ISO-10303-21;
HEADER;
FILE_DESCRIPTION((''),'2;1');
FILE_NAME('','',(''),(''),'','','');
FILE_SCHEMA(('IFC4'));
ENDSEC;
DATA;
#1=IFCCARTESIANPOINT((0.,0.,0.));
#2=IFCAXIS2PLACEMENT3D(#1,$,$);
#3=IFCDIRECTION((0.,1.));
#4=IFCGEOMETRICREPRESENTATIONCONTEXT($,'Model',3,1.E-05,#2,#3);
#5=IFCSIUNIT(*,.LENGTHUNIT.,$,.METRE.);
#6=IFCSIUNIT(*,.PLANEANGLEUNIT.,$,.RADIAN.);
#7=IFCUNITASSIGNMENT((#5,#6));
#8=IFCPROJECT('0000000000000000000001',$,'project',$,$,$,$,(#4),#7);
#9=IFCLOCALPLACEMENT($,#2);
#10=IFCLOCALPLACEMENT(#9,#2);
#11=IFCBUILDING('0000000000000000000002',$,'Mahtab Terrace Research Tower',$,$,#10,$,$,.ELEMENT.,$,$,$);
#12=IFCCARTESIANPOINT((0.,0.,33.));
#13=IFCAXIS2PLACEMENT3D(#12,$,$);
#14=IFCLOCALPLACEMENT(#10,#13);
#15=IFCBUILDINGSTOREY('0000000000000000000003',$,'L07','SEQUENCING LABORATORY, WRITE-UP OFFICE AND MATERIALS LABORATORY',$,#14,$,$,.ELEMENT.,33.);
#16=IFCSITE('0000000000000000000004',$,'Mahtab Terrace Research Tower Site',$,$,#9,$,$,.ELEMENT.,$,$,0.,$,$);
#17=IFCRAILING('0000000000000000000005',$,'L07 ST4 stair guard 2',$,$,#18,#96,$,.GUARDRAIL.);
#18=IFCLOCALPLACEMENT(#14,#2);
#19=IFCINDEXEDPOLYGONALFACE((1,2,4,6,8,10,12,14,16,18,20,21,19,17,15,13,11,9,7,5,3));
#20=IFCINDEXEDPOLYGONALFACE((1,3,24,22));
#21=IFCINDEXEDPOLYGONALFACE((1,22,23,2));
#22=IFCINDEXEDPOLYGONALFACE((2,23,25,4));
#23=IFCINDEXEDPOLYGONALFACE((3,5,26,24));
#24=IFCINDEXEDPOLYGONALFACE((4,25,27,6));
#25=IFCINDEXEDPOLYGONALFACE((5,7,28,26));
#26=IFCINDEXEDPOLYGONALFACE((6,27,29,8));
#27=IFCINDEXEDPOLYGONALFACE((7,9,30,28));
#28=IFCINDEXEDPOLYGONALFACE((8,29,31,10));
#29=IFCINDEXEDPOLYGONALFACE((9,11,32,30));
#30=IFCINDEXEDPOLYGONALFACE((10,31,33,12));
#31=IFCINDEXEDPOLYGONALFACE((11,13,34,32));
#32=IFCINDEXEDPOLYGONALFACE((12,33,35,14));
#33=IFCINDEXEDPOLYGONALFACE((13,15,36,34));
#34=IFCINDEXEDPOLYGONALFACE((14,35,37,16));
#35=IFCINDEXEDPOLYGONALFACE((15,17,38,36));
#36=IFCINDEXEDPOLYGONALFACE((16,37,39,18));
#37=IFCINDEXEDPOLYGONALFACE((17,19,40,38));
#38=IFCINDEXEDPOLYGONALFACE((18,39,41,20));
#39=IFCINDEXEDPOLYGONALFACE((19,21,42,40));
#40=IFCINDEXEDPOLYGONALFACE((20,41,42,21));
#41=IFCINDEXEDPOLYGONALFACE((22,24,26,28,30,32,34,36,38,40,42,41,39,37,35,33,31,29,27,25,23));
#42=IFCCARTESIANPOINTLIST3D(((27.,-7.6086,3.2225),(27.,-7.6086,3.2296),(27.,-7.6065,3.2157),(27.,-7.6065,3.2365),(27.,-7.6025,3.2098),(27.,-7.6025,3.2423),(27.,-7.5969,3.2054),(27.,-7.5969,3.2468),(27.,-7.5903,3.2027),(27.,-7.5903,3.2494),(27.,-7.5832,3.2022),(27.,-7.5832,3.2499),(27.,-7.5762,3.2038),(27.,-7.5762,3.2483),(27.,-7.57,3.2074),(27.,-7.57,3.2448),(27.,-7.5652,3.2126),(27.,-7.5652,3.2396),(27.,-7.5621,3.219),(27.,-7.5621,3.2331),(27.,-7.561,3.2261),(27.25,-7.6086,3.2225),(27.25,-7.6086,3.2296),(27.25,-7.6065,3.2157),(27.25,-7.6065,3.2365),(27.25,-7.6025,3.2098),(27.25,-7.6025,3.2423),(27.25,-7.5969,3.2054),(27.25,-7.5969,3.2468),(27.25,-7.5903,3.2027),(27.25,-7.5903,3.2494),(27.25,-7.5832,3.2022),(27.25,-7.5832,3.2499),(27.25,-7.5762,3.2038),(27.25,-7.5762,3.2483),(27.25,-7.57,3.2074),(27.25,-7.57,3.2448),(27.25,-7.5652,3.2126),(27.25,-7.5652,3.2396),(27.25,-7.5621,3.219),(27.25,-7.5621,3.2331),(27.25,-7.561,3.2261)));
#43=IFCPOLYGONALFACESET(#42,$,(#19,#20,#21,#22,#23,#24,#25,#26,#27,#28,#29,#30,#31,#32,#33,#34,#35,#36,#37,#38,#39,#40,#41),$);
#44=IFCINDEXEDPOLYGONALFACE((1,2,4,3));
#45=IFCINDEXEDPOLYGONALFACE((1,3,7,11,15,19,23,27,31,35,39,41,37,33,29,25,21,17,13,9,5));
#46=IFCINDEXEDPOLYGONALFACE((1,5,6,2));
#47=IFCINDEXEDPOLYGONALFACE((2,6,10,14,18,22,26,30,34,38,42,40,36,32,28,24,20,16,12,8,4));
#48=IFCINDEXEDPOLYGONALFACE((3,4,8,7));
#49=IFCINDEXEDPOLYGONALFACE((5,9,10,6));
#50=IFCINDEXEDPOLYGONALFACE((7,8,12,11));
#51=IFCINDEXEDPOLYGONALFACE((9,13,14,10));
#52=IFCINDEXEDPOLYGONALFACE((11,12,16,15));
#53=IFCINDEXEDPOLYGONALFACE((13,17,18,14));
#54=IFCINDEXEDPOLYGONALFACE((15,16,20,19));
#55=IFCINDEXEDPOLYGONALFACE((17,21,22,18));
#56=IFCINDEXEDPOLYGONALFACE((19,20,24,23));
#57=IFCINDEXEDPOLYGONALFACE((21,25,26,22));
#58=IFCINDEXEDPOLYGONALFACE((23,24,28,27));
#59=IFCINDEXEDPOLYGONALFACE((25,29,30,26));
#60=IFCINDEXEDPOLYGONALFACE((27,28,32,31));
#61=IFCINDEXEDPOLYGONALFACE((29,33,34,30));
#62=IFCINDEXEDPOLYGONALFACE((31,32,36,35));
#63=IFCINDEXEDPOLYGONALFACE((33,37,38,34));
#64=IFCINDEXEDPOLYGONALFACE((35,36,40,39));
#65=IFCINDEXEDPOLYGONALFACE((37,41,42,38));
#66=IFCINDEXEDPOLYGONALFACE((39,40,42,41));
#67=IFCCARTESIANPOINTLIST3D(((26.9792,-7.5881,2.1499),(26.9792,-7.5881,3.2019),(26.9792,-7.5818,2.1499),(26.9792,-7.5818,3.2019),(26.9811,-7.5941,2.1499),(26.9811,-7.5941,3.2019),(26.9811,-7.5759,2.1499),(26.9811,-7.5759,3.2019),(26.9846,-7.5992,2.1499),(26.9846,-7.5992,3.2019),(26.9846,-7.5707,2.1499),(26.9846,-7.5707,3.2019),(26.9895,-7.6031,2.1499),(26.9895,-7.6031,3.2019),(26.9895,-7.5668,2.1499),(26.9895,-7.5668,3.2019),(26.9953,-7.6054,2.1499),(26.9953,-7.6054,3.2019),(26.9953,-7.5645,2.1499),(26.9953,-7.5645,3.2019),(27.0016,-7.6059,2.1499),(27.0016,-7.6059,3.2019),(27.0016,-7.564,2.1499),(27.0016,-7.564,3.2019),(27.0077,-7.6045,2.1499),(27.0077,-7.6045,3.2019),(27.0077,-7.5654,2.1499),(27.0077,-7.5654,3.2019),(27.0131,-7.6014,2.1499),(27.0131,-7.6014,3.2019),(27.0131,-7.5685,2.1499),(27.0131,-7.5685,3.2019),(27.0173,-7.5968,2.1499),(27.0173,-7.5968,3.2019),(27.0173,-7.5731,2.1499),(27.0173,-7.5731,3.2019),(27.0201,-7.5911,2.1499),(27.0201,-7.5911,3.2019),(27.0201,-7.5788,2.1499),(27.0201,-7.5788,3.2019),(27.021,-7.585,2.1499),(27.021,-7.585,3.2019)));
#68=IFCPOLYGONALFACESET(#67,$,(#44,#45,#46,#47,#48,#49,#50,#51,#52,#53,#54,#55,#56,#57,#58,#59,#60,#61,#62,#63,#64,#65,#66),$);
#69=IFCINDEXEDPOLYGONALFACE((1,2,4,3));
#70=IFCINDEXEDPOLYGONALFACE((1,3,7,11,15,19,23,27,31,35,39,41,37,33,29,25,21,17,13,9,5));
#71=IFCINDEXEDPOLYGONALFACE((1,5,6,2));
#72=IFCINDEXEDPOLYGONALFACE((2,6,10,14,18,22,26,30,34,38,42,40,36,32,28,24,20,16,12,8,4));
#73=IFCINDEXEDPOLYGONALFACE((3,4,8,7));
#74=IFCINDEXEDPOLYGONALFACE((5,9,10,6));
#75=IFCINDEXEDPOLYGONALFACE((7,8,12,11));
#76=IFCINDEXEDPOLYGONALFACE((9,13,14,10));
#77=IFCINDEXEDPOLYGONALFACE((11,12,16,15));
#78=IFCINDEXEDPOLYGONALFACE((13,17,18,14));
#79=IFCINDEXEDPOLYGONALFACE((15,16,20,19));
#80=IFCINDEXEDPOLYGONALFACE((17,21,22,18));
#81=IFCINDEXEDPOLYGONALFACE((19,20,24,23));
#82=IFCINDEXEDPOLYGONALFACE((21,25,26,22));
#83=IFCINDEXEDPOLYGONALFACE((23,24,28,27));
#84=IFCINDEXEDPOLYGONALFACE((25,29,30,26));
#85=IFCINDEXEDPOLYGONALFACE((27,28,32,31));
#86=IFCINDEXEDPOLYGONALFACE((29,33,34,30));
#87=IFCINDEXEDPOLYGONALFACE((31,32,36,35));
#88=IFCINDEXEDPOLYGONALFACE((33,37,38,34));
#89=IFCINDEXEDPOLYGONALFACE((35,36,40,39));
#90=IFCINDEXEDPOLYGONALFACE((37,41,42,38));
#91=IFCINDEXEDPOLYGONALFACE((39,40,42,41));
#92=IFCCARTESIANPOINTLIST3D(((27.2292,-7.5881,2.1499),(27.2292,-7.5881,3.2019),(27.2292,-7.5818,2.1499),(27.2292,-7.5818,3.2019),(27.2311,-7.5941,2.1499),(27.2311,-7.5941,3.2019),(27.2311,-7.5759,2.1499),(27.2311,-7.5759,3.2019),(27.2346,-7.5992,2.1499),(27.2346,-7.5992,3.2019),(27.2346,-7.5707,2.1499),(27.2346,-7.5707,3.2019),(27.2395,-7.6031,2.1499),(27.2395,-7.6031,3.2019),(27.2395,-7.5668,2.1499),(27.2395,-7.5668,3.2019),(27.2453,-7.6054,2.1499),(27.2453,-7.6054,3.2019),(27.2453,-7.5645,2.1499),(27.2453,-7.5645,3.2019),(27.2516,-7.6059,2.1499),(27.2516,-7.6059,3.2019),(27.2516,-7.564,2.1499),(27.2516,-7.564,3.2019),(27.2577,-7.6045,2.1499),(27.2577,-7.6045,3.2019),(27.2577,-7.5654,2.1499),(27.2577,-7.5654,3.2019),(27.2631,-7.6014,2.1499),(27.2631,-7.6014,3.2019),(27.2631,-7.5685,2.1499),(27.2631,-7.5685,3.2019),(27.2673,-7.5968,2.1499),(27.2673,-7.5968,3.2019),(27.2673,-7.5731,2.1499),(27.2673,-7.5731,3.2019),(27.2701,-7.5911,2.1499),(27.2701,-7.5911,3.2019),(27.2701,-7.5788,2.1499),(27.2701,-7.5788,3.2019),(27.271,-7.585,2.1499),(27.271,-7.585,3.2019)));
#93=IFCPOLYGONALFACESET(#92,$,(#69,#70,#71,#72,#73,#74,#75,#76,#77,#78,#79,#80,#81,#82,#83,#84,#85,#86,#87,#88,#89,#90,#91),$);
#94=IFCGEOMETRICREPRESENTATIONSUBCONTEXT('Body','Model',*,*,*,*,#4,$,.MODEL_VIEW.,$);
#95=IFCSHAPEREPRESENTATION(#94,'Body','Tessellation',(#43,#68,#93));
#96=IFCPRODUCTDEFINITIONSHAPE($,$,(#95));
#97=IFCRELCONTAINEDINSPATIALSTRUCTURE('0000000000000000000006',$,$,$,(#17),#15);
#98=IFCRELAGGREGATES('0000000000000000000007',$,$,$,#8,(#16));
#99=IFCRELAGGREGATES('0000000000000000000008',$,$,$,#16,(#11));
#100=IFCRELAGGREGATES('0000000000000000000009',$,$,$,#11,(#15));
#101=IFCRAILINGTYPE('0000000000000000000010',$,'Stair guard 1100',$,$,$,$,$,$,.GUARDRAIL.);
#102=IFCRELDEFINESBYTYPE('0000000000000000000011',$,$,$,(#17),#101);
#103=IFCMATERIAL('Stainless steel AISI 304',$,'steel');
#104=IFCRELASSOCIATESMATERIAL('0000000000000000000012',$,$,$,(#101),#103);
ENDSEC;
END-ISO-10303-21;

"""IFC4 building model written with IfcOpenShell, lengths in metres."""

from ifc_helpers import new_model, si_unit, direction, frame, origin, origin_2d, place, context, subcontext, project, spatial, circle, extrude, material, type_object, element, save


model = new_model("IFC4")

# Units and contexts
model_context = context("Model", 3, precision=1e-05, world=origin(), true_north=direction((0.0, 1.0)))
body_context = subcontext(model_context, "Body", "Model", "MODEL_VIEW")
ifc_project = project(units=[si_unit("LENGTHUNIT", "METRE"), si_unit("PLANEANGLEUNIT", "RADIAN")], contexts=[model_context])

# Site, building, storey
site_placement = place(None, origin())
site = spatial("IfcSite", under=ifc_project, at=site_placement, Name="Mahtab Terrace Research Tower Site", CompositionType="ELEMENT", RefElevation=0.0)
building_placement = place(site_placement, origin())
building = spatial("IfcBuilding", under=site, at=building_placement, Name="Mahtab Terrace Research Tower", CompositionType="ELEMENT")
storey_placement = place(building_placement, frame((0.0, 0.0, 33.0)))
storey = spatial("IfcBuildingStorey", under=building, at=storey_placement, Name="L07", Description="SEQUENCING LABORATORY, WRITE-UP OFFICE AND MATERIALS LABORATORY", CompositionType="ELEMENT", Elevation=33.0)

# Shared definitions
ifc_material_1 = material(Name="Stainless steel AISI 304", Category="steel")

# Railing
railing_type_1 = type_object("IfcRailingType", Name="Stair guard 1100", PredefinedType="GUARDRAIL", material=ifc_material_1)
railing_1_placement = place(storey_placement, frame((27.0, -7.585, 2.1499)))
element("IfcRailing", 1, at=railing_1_placement, inside=storey, type_object=railing_type_1, Name="L07 ST4 stair guard 2", PredefinedType="GUARDRAIL", context=body_context, shape_type="SweptSolid", body=[
    extrude(circle(Radius=0.0239, at=origin_2d()), frame((0.0, 0.0, 1.0762), z_axis=(1.0, 0.0, 0.0), x_axis=(0.0, 1.0, 0.0)), (0.0, 0.0, 1.0), 0.25),
    extrude(circle(Radius=0.021, at=origin_2d()), origin(), (0.0, 0.0, 1.0), 1.052),
    extrude(circle(Radius=0.021, at=origin_2d()), frame((0.25, 0.0, 0.0)), (0.0, 0.0, 1.0), 1.052),
])

save(model, "model.ifc")
